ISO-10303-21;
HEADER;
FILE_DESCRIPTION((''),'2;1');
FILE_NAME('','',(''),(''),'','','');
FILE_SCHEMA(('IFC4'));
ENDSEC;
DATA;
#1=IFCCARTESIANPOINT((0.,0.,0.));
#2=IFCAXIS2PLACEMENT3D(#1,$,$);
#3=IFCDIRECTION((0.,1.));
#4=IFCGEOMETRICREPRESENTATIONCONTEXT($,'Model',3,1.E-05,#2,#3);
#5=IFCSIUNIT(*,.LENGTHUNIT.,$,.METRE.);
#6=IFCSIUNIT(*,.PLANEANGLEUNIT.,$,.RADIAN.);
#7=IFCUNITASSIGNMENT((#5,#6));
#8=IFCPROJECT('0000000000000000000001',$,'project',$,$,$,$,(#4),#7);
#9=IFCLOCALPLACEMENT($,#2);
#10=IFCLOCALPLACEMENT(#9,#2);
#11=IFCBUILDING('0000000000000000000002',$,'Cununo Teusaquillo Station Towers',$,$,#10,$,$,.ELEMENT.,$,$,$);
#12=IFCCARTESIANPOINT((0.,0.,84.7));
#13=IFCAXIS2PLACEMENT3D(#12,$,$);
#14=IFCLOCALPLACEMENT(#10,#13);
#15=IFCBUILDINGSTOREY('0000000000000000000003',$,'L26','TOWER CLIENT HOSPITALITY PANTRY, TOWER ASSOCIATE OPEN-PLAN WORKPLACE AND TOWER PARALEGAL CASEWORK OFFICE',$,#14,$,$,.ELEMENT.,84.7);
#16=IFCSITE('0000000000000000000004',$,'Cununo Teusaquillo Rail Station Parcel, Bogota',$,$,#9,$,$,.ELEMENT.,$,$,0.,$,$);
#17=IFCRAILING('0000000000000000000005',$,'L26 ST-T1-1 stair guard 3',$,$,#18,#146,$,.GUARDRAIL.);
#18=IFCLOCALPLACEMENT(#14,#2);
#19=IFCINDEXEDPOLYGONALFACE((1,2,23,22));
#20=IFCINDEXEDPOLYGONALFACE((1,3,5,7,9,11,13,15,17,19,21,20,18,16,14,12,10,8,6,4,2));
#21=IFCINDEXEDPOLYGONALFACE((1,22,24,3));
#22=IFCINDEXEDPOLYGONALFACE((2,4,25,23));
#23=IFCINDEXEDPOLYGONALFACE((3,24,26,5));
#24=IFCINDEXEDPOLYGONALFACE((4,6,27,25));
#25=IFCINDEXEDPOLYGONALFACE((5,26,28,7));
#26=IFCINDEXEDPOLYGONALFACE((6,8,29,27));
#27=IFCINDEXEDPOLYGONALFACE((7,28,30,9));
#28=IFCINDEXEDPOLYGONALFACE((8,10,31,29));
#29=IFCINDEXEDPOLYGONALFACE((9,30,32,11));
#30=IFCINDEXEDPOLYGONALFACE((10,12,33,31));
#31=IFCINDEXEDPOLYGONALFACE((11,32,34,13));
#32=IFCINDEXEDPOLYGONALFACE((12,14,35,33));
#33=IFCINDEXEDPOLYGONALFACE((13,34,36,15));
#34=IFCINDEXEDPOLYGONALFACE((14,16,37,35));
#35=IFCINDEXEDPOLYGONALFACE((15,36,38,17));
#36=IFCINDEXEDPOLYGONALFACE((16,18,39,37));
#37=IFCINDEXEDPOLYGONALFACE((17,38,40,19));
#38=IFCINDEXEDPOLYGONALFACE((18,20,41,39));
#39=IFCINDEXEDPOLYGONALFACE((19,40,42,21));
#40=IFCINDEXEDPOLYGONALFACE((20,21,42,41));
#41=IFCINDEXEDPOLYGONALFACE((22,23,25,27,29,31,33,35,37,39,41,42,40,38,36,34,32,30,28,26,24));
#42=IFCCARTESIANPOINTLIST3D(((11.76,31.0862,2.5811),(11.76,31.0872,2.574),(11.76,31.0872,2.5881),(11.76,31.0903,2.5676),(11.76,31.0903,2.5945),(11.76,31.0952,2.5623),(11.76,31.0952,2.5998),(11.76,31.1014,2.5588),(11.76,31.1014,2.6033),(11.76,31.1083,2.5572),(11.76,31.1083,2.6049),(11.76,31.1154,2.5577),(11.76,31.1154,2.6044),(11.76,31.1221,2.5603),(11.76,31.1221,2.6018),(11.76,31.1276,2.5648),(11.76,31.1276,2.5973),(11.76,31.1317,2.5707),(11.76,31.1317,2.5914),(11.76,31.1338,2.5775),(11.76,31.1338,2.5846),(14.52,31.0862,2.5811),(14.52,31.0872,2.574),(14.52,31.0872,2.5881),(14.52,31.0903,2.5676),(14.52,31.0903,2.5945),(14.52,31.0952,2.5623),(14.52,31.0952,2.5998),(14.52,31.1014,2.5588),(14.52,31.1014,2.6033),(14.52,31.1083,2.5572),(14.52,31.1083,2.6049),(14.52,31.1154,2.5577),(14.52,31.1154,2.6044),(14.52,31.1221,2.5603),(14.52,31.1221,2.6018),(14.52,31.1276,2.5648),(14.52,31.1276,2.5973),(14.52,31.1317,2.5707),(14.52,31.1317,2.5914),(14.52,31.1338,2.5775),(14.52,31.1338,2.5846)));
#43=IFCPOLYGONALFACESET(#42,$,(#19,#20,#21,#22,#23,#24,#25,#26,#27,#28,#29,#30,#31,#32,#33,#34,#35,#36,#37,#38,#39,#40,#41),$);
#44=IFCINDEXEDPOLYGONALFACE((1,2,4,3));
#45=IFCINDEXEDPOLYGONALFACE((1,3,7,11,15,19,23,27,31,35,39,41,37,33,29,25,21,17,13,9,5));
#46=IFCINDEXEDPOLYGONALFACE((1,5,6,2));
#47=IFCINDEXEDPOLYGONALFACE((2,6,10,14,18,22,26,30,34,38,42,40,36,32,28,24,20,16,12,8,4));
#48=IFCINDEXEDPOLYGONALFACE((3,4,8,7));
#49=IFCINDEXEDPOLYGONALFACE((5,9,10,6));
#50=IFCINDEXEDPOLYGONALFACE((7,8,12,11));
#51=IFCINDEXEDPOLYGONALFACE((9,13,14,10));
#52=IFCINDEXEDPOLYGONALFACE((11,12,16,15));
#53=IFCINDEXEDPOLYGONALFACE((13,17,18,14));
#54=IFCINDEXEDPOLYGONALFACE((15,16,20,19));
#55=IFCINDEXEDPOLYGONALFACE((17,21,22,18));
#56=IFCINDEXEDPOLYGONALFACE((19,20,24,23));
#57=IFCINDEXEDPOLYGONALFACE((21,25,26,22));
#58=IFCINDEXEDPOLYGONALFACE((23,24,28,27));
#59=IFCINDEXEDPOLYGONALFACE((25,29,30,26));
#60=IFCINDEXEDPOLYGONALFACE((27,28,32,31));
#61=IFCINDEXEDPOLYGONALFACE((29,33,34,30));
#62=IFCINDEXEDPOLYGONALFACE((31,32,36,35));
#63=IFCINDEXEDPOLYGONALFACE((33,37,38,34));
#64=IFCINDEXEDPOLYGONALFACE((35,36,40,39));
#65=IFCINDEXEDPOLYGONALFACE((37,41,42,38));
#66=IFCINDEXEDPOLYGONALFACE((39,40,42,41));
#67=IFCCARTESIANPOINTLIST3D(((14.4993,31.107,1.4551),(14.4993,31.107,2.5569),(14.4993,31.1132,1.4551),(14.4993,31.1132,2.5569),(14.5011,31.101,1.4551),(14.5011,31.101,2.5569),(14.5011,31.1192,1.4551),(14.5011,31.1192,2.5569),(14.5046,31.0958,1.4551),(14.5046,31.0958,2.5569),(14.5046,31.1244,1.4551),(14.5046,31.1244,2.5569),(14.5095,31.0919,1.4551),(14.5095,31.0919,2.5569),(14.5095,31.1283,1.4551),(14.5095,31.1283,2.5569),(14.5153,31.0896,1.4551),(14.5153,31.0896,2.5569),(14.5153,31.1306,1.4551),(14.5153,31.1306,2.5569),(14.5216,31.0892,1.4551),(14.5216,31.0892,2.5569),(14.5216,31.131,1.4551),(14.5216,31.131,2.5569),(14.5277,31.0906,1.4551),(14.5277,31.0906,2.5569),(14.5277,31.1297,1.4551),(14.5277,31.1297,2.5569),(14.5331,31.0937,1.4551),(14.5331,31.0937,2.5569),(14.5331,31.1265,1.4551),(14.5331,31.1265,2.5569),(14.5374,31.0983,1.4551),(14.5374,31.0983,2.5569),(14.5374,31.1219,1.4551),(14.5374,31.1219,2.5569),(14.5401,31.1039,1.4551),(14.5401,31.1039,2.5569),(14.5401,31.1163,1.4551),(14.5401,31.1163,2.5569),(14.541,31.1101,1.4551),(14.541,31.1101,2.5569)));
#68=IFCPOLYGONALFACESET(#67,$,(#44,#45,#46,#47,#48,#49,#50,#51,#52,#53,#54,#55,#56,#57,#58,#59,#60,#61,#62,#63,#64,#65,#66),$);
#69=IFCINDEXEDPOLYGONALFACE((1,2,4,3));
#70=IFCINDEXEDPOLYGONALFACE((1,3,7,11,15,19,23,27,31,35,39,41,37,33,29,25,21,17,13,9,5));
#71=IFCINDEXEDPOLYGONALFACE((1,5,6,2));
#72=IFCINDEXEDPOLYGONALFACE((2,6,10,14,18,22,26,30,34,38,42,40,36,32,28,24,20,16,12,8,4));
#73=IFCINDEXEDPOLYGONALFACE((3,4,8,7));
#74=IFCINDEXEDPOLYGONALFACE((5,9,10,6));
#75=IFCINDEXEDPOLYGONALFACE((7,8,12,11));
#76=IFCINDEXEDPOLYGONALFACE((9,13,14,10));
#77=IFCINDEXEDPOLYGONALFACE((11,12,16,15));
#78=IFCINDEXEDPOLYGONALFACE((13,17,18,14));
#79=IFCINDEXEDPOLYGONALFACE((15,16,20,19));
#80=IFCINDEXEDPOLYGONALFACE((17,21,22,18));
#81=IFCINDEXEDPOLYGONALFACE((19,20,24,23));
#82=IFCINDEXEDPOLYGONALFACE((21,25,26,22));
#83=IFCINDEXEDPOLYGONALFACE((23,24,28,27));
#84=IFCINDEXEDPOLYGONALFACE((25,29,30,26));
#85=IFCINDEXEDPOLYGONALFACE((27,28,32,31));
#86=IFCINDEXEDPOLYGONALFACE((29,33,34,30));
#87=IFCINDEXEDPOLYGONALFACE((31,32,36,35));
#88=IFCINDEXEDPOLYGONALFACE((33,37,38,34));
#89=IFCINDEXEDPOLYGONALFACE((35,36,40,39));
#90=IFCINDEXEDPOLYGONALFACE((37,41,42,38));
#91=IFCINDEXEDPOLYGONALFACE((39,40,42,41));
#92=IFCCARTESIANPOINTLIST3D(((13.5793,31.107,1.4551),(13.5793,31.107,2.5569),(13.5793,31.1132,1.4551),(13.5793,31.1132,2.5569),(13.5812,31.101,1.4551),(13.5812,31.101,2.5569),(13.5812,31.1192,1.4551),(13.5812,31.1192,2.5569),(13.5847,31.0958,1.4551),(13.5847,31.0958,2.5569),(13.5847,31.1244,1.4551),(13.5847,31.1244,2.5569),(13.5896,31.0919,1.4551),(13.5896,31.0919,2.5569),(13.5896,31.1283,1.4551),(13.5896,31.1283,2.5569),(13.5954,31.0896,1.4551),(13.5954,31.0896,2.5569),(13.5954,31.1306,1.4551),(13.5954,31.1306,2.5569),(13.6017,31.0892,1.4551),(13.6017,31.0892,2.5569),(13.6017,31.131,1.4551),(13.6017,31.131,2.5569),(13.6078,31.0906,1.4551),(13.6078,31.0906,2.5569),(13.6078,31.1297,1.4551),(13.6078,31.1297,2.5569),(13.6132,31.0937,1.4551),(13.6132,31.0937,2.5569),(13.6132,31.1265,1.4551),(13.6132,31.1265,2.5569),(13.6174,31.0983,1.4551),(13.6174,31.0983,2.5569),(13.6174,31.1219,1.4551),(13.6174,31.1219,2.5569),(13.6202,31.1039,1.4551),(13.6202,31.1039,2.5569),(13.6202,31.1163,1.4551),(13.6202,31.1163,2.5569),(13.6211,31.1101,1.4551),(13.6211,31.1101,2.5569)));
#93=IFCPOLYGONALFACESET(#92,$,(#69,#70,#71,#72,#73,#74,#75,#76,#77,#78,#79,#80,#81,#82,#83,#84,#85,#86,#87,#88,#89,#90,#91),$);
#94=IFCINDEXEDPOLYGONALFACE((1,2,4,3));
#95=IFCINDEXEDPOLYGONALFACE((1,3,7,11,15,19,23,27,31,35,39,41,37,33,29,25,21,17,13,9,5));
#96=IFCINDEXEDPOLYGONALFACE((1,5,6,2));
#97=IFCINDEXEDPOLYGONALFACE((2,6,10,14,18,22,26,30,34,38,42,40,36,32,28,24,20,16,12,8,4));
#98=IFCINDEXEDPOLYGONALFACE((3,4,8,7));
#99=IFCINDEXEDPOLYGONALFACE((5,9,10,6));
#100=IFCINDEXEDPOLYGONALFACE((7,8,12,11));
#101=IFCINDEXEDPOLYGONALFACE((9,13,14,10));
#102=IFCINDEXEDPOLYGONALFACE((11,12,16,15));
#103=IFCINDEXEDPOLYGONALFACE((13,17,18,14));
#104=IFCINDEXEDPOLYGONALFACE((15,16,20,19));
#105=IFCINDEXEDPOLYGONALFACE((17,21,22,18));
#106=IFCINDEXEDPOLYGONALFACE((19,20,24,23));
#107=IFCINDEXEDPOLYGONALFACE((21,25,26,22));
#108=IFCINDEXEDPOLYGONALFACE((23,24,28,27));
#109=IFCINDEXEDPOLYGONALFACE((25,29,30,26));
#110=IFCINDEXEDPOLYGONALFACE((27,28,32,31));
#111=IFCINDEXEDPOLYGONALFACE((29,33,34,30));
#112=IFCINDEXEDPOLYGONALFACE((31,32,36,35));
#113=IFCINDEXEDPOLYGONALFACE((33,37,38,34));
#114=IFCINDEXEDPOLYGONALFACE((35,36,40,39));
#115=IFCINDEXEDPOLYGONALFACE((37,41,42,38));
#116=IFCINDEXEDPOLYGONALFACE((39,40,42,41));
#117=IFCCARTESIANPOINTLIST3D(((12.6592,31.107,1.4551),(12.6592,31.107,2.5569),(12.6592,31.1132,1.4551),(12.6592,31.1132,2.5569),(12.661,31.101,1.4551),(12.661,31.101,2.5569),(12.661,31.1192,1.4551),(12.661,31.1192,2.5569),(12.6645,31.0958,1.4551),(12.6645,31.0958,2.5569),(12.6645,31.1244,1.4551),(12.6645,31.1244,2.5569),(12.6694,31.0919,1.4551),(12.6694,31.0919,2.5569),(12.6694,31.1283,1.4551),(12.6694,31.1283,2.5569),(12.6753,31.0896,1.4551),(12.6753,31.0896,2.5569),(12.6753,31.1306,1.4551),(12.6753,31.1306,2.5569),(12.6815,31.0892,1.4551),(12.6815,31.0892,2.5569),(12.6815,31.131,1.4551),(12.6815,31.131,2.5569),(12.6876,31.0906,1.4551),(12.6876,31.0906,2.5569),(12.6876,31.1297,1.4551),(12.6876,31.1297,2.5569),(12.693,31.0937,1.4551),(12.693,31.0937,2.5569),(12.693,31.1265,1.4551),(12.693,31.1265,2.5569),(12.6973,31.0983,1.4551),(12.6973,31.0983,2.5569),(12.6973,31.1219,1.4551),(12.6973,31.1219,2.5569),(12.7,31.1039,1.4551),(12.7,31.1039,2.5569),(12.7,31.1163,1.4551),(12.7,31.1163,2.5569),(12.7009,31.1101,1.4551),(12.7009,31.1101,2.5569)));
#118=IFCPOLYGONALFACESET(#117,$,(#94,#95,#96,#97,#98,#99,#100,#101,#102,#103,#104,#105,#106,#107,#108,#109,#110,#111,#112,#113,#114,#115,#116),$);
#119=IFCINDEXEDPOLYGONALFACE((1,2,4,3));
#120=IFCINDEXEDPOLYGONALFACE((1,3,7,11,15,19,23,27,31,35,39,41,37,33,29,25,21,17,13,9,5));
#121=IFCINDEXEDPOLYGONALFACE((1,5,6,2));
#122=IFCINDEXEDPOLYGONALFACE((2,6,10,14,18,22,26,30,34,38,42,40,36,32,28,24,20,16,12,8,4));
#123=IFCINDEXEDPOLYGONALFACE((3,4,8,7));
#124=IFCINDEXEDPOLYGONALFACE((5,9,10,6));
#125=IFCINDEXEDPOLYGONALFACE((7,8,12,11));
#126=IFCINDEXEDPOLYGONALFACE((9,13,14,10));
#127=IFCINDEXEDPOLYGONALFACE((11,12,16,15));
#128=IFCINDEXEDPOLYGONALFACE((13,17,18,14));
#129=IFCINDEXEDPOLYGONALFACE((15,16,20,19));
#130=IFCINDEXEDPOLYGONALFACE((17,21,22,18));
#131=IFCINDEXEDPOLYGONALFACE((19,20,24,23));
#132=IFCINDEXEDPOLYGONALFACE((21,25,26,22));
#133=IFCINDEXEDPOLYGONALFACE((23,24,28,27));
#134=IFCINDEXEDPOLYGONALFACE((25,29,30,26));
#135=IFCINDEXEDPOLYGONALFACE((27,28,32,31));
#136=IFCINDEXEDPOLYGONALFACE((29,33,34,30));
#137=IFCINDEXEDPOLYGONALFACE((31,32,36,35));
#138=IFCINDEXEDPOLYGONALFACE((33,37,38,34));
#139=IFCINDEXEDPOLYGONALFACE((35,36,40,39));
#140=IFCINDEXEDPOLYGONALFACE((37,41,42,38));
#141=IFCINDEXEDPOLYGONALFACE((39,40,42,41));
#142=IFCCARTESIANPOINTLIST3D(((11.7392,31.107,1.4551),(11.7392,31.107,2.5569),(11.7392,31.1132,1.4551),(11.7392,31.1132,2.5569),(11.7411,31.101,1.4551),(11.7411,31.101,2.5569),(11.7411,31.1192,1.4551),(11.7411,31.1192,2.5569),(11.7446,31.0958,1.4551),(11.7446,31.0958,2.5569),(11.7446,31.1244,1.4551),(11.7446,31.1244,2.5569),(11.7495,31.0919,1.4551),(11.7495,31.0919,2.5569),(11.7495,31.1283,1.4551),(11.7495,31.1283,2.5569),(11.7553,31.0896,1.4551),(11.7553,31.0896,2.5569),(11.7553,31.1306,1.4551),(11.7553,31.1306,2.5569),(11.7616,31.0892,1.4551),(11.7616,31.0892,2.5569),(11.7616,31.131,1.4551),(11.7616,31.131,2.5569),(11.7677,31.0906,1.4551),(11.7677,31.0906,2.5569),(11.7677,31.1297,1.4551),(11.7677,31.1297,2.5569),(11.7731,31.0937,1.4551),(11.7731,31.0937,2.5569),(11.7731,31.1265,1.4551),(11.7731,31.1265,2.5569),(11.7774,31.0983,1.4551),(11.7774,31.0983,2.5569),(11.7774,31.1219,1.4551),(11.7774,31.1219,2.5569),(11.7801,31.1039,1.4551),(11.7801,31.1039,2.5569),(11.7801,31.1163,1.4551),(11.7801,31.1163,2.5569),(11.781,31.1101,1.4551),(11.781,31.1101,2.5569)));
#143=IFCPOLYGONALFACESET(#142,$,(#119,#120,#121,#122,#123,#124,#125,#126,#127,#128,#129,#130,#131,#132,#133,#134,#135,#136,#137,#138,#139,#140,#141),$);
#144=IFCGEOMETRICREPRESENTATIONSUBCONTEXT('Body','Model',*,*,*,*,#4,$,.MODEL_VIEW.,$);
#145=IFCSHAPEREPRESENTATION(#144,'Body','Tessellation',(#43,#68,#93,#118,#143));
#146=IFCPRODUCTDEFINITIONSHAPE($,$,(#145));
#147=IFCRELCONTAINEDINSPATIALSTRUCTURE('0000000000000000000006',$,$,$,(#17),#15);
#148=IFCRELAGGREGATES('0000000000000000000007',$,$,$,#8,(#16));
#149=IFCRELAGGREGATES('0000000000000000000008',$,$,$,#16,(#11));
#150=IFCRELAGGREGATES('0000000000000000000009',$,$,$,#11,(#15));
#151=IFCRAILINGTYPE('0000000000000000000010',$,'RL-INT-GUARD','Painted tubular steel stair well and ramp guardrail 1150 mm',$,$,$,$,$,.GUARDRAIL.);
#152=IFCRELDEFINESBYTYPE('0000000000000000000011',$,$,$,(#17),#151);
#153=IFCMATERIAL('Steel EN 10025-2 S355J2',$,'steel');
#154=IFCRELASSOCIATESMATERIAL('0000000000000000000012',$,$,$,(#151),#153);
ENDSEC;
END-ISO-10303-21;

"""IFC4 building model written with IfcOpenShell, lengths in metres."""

from ifc_helpers import new_model, si_unit, direction, frame, origin, origin_2d, place, context, subcontext, project, spatial, circle, extrude, material, type_object, element, save


model = new_model("IFC4")

# Units and contexts
model_context = context("Model", 3, precision=1e-05, world=origin(), true_north=direction((0.0, 1.0)))
body_context = subcontext(model_context, "Body", "Model", "MODEL_VIEW")
ifc_project = project(units=[si_unit("LENGTHUNIT", "METRE"), si_unit("PLANEANGLEUNIT", "RADIAN")], contexts=[model_context])

# Site, building, storey
site_placement = place(None, origin())
site = spatial("IfcSite", under=ifc_project, at=site_placement, Name="Cununo Teusaquillo Rail Station Parcel, Bogota", CompositionType="ELEMENT", RefElevation=0.0)
building_placement = place(site_placement, origin())
building = spatial("IfcBuilding", under=site, at=building_placement, Name="Cununo Teusaquillo Station Towers", CompositionType="ELEMENT")
storey_placement = place(building_placement, frame((0.0, 0.0, 84.7)))
storey = spatial("IfcBuildingStorey", under=building, at=storey_placement, Name="L26", Description="TOWER CLIENT HOSPITALITY PANTRY, TOWER ASSOCIATE OPEN-PLAN WORKPLACE AND TOWER PARALEGAL CASEWORK OFFICE", CompositionType="ELEMENT", Elevation=84.7)

# Railing
ifc_material_1 = material(Name="Steel EN 10025-2 S355J2", Category="steel")
railing_type_1 = type_object("IfcRailingType", Name="RL-INT-GUARD", Description="Painted tubular steel stair well and ramp guardrail 1150 mm", PredefinedType="GUARDRAIL", material=ifc_material_1)
railing_1_placement = place(storey_placement, frame((14.52, 31.1101, 1.4551)))
element("IfcRailing", 1, at=railing_1_placement, inside=storey, type_object=railing_type_1, Name="L26 ST-T1-1 stair guard 3", PredefinedType="GUARDRAIL", context=body_context, shape_type="SweptSolid", body=[
    extrude(circle(Radius=0.0239, at=origin_2d()), frame((0.0, 0.0, 1.126), z_axis=(-1.0, 0.0, 0.0), x_axis=(0.0, -1.0, 0.0)), (0.0, 0.0, 1.0), 2.76),
    extrude(circle(Radius=0.021, at=origin_2d()), origin(), (0.0, 0.0, 1.0), 1.1018),
    extrude(circle(Radius=0.021, at=origin_2d()), frame((-0.9199, 0.0, 0.0)), (0.0, 0.0, 1.0), 1.1018),
    extrude(circle(Radius=0.021, at=origin_2d()), frame((-1.8401, 0.0, 0.0)), (0.0, 0.0, 1.0), 1.1018),
    extrude(circle(Radius=0.021, at=origin_2d()), frame((-2.76, 0.0, 0.0)), (0.0, 0.0, 1.0), 1.1018),
])

save(model, "model.ifc")
